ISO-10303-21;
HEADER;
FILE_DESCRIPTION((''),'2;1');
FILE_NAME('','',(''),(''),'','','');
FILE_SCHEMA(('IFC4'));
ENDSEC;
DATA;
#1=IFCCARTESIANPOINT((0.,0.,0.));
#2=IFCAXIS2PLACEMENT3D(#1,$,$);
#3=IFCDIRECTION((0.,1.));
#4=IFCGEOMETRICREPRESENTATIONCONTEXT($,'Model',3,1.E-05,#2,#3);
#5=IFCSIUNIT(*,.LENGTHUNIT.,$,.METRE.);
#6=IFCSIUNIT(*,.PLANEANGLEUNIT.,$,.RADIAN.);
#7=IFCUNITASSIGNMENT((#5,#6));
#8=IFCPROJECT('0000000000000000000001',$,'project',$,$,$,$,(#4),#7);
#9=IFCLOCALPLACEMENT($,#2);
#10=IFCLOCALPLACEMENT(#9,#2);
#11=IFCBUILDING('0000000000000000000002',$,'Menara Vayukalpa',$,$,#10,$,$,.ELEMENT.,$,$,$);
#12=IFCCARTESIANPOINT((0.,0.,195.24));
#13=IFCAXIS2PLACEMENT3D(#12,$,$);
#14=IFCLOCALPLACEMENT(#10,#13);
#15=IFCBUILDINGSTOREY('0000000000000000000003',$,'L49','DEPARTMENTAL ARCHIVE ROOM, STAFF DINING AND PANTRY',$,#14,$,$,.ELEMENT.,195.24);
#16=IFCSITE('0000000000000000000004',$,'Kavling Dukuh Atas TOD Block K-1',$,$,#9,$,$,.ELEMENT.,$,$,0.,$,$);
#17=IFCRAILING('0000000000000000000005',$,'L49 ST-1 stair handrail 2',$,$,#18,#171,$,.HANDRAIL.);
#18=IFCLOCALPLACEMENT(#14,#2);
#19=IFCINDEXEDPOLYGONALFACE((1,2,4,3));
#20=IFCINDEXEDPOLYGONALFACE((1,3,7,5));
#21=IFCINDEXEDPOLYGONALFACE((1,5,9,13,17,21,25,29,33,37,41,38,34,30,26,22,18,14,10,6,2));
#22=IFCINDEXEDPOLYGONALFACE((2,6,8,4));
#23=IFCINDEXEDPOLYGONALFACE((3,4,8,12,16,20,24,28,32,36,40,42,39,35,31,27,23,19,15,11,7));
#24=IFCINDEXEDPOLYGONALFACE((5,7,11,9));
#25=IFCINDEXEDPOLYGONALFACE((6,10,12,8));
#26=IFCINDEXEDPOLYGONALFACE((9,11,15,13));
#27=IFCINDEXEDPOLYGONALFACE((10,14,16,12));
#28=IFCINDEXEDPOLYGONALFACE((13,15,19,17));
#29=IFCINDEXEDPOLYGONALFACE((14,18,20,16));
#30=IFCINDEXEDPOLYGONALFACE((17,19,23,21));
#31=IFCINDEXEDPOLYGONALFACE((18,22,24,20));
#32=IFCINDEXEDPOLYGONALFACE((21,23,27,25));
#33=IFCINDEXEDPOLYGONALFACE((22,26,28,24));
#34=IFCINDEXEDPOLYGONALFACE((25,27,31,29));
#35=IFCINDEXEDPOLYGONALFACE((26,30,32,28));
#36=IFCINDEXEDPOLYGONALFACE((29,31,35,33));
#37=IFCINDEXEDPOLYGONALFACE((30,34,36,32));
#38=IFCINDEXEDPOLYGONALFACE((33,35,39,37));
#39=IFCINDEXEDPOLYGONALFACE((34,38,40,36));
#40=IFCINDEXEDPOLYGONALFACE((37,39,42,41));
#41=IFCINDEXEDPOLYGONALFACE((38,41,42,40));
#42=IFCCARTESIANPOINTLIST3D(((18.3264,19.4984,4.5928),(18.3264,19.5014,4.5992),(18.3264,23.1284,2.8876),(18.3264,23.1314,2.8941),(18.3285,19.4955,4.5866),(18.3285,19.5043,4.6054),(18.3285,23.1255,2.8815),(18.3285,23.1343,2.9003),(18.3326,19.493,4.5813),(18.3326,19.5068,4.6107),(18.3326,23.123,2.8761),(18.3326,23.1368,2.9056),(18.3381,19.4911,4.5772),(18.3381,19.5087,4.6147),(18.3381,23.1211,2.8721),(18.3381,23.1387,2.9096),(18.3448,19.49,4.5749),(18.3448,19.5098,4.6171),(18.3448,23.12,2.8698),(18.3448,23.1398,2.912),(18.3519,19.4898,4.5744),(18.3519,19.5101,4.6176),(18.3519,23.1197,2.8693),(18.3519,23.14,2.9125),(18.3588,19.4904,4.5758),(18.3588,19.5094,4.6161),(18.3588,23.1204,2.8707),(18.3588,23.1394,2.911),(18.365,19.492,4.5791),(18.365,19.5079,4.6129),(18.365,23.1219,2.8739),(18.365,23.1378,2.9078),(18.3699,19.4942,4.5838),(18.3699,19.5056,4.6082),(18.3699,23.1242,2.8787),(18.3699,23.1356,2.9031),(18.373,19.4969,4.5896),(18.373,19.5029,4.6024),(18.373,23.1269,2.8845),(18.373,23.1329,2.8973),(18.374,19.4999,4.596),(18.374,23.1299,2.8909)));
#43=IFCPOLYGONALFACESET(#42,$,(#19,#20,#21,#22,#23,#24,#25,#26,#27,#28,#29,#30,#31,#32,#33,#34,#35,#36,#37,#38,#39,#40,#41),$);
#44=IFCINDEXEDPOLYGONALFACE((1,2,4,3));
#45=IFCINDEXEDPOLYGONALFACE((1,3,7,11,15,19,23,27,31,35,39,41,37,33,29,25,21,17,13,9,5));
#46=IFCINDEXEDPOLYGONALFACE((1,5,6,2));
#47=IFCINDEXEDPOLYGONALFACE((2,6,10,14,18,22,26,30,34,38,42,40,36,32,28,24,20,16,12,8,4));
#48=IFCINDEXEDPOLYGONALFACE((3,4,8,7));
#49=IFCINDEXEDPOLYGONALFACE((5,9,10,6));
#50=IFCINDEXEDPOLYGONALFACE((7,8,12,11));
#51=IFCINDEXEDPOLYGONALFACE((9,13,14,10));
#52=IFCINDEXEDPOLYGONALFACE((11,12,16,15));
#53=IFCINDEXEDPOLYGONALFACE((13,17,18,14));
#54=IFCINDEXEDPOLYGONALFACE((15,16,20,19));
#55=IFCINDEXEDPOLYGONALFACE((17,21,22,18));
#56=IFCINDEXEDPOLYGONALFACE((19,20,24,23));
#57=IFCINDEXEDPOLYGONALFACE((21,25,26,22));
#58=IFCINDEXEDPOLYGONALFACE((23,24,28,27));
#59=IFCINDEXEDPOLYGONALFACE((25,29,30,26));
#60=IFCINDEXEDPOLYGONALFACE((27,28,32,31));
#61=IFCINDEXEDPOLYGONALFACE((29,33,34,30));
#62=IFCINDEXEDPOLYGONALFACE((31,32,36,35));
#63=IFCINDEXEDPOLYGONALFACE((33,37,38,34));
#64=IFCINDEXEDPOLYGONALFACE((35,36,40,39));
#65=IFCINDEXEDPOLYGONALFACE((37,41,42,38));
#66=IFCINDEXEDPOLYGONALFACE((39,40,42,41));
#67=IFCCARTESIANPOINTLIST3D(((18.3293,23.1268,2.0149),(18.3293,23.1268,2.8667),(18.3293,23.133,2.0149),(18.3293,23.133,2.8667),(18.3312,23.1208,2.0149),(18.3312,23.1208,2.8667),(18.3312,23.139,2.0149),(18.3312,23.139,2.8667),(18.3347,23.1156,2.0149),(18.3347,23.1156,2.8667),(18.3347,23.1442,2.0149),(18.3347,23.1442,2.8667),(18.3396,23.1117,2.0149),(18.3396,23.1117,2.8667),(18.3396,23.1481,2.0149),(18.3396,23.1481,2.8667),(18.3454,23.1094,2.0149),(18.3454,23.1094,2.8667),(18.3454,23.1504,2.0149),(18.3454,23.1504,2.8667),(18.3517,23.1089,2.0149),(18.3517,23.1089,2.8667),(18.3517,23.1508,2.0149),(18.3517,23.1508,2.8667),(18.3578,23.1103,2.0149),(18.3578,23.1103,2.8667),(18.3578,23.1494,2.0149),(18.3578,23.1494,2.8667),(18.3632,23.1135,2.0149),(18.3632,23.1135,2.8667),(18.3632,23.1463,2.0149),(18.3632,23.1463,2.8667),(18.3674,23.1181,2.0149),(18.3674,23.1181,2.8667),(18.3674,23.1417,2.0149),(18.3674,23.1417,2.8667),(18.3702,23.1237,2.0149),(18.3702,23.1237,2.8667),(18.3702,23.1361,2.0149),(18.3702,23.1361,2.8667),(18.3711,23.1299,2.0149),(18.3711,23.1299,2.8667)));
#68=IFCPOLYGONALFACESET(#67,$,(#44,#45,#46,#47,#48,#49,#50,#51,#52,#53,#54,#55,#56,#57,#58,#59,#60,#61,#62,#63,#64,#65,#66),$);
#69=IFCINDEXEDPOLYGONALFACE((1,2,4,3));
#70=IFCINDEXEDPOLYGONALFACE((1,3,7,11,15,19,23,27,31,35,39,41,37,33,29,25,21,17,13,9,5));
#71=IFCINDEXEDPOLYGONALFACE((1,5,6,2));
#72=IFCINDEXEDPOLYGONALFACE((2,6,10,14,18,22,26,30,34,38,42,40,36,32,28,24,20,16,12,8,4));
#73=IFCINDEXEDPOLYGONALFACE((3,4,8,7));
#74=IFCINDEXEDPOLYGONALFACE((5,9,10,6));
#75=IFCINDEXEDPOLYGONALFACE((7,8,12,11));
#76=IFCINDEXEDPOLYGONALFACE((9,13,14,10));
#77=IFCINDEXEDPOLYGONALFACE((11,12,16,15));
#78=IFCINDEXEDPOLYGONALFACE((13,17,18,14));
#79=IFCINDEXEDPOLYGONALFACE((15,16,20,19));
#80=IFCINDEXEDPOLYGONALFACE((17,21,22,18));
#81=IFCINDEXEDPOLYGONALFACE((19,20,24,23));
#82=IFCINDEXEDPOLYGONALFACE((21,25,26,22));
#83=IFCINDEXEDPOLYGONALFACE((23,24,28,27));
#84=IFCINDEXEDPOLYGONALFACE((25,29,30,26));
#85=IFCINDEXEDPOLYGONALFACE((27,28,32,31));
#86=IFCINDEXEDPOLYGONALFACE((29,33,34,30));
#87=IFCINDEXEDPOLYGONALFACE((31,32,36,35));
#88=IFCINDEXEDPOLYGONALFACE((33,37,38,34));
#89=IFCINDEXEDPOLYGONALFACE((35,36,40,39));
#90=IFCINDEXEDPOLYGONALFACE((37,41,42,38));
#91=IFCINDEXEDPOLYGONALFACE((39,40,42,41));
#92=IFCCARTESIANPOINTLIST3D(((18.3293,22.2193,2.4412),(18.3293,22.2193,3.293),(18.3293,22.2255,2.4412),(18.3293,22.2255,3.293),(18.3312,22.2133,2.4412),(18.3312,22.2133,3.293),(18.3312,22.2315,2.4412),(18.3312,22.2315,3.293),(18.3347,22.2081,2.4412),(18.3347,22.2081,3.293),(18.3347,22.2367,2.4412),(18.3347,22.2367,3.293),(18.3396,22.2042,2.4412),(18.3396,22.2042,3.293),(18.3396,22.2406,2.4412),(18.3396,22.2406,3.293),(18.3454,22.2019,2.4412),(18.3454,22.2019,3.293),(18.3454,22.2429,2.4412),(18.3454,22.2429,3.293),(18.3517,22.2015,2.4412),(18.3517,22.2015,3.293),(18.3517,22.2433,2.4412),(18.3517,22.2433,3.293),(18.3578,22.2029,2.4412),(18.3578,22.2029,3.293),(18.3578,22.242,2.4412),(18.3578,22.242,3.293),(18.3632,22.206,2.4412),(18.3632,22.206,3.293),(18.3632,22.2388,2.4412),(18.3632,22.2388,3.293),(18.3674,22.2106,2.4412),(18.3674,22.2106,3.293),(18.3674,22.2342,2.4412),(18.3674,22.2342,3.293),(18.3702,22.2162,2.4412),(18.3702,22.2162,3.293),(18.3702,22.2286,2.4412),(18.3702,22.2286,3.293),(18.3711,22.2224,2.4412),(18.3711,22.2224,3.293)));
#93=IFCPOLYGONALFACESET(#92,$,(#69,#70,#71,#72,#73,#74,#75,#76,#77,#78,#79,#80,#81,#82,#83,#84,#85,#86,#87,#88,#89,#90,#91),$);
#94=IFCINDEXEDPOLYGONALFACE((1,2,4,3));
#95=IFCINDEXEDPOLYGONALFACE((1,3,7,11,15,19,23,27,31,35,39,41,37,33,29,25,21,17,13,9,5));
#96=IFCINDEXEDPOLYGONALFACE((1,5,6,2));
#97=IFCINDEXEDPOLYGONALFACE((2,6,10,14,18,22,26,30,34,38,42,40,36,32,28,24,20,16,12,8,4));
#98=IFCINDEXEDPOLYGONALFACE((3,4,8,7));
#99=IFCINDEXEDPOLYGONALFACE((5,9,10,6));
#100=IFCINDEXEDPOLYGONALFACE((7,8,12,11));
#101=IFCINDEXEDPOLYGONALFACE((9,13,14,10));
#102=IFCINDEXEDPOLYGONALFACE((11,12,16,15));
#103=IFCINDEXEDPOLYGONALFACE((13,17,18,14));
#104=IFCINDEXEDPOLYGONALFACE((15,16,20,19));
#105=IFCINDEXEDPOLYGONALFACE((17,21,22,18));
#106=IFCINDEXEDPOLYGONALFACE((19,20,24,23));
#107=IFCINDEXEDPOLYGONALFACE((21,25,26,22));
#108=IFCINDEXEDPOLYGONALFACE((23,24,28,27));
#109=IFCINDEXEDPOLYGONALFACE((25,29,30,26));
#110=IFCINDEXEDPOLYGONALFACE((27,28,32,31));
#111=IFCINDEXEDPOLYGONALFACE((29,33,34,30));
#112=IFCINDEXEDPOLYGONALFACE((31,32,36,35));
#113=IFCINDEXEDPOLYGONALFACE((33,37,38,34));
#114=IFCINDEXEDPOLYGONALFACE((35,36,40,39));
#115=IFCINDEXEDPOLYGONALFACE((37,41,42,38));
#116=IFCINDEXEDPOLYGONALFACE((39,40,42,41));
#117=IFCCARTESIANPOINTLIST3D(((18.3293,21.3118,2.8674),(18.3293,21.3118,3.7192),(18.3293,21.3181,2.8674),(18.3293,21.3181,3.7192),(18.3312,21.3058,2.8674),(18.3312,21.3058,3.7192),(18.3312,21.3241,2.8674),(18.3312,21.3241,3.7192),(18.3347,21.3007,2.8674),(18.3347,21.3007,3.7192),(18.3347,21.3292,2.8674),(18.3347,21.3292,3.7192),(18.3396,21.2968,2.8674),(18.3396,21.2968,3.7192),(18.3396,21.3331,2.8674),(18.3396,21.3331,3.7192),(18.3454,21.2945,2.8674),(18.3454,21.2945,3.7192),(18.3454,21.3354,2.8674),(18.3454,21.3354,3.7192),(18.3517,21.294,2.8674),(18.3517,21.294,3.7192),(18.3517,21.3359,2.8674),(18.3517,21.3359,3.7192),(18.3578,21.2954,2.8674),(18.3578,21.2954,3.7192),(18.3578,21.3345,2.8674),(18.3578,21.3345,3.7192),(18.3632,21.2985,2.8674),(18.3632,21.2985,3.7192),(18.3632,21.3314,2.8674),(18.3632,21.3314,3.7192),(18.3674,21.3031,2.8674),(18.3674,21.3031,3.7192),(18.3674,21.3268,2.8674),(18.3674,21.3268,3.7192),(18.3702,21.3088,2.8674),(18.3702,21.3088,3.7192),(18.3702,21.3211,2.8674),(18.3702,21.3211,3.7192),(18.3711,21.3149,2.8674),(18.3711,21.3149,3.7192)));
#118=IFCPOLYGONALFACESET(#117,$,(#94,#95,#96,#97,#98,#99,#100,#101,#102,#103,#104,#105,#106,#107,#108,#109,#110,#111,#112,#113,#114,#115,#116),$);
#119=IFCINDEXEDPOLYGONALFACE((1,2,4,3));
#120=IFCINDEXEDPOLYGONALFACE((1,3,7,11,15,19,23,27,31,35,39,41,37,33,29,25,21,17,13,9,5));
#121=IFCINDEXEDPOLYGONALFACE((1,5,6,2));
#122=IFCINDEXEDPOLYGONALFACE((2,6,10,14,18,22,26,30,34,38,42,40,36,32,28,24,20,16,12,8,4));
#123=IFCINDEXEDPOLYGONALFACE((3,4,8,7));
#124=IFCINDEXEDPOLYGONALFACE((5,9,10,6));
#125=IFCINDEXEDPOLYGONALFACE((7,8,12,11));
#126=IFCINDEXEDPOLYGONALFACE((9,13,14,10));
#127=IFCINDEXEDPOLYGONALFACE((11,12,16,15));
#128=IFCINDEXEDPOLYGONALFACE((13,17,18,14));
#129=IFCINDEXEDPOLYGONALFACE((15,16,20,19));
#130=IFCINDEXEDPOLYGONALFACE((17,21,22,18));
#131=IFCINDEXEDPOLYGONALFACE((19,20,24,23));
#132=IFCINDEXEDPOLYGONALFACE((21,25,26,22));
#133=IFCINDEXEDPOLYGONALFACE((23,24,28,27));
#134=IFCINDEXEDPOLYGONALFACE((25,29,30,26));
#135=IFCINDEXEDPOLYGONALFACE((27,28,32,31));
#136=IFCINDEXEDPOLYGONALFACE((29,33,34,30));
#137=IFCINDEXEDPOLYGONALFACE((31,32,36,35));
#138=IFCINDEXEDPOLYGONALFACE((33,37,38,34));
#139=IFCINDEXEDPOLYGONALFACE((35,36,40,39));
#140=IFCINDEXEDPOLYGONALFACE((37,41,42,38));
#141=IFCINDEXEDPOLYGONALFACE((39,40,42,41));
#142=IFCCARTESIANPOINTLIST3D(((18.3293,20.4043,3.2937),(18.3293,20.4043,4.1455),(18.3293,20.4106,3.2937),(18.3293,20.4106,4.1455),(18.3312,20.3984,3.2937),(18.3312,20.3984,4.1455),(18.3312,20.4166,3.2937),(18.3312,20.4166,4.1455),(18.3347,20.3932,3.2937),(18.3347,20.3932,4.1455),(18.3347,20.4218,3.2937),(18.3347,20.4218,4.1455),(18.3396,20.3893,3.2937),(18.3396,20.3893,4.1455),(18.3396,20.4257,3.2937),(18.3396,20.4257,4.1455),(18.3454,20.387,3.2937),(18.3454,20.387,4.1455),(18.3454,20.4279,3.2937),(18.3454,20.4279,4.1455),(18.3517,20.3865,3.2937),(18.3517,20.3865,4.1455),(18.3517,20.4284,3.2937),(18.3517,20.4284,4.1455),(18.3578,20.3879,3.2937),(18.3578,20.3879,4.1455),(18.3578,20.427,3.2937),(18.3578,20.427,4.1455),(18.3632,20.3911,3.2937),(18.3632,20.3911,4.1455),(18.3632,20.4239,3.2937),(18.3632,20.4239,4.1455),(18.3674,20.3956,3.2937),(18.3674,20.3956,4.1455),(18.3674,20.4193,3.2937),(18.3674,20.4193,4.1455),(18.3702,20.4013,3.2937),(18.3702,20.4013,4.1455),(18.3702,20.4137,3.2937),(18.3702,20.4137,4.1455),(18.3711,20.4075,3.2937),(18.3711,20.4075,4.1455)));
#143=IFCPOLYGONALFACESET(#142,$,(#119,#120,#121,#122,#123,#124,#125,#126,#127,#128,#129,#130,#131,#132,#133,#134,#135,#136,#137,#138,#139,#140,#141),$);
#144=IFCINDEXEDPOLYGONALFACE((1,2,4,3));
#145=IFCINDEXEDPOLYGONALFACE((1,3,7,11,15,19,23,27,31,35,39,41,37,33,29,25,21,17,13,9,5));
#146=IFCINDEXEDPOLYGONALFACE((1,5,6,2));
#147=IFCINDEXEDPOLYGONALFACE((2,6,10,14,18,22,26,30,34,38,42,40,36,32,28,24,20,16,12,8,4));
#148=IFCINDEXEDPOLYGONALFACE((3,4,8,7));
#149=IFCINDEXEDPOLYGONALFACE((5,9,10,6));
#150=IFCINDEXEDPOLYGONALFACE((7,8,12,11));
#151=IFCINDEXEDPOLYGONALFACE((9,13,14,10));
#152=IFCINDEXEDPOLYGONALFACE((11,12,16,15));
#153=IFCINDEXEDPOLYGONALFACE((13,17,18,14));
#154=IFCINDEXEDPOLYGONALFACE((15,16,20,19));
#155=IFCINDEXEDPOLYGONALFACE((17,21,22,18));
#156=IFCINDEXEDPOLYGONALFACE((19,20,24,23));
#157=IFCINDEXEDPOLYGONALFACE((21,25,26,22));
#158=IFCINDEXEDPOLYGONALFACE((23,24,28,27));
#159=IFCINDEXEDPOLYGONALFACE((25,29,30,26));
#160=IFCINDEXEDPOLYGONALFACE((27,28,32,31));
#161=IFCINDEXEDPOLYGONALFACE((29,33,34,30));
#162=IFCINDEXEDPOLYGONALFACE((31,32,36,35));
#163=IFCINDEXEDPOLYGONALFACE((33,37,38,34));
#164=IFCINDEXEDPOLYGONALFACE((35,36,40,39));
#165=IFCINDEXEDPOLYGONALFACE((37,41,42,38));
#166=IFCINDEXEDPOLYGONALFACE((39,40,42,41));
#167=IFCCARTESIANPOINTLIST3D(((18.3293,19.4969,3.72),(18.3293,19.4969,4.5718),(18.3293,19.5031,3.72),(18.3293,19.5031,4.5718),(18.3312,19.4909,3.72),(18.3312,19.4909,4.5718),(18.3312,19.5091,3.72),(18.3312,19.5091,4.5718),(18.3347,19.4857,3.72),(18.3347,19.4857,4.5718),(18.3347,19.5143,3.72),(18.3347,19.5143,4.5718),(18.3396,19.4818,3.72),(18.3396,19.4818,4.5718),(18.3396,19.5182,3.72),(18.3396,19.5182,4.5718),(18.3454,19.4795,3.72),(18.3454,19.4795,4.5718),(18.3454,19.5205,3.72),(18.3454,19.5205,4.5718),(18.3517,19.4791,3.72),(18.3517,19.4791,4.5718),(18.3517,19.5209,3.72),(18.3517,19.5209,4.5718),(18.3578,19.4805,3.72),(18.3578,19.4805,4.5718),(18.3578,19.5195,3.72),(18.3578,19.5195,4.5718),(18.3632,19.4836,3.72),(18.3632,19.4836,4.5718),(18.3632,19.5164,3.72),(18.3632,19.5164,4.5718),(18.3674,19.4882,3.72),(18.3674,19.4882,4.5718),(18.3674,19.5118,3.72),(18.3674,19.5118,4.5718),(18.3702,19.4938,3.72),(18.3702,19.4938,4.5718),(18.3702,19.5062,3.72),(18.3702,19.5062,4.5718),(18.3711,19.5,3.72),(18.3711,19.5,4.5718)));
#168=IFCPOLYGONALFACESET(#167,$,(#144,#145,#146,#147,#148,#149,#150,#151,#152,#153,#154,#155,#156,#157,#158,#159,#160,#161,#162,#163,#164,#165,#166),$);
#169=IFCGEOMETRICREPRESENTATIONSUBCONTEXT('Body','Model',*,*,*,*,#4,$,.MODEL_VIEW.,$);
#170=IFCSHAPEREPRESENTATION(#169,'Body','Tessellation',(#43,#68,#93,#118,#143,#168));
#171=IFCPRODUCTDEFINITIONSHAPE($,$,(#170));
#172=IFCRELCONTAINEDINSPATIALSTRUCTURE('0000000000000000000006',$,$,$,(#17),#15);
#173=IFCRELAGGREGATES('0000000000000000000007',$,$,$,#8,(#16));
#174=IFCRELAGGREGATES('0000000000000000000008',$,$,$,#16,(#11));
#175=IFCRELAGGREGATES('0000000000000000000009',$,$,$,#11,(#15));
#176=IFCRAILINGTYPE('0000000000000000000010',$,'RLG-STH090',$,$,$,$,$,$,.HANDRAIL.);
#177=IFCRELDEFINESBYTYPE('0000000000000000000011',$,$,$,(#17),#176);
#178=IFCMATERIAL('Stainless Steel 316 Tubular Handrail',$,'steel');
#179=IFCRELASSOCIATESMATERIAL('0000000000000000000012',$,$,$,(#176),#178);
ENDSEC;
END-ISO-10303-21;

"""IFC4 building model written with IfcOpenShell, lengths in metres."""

from ifc_helpers import new_model, si_unit, direction, frame, origin, origin_2d, place, context, subcontext, project, spatial, circle, extrude, material, type_object, element, save


model = new_model("IFC4")

# Units and contexts
model_context = context("Model", 3, precision=1e-05, world=origin(), true_north=direction((0.0, 1.0)))
body_context = subcontext(model_context, "Body", "Model", "MODEL_VIEW")
ifc_project = project(units=[si_unit("LENGTHUNIT", "METRE"), si_unit("PLANEANGLEUNIT", "RADIAN")], contexts=[model_context])

# Site, building, storey
site_placement = place(None, origin())
site = spatial("IfcSite", under=ifc_project, at=site_placement, Name="Kavling Dukuh Atas TOD Block K-1", CompositionType="ELEMENT", RefElevation=0.0)
building_placement = place(site_placement, origin())
building = spatial("IfcBuilding", under=site, at=building_placement, Name="Menara Vayukalpa", CompositionType="ELEMENT")
storey_placement = place(building_placement, frame((0.0, 0.0, 195.24)))
storey = spatial("IfcBuildingStorey", under=building, at=storey_placement, Name="L49", Description="DEPARTMENTAL ARCHIVE ROOM, STAFF DINING AND PANTRY", CompositionType="ELEMENT", Elevation=195.24)

# Railing
ifc_material_1 = material(Name="Stainless Steel 316 Tubular Handrail", Category="steel")
railing_type_1 = type_object("IfcRailingType", Name="RLG-STH090", PredefinedType="HANDRAIL", material=ifc_material_1)
railing_1_placement = place(storey_placement, frame((18.3501, 23.1299, 2.0149)))
element("IfcRailing", 1, at=railing_1_placement, inside=storey, type_object=railing_type_1, Name="L49 ST-1 stair handrail 2", PredefinedType="HANDRAIL", context=body_context, shape_type="SweptSolid", body=[
    extrude(circle(Radius=0.0239, at=origin_2d()), frame((0.0, 0.0, 0.876), z_axis=(0.0, -0.905116, 0.425164), x_axis=(1.0, 0.0, 0.0)), (0.0, 0.0, 1.0), 4.0105),
    extrude(circle(Radius=0.021, at=origin_2d()), origin(), (0.0, 0.0, 1.0), 0.8518),
    extrude(circle(Radius=0.021, at=origin_2d()), frame((0.0, -0.9075, 0.4263)), (0.0, 0.0, 1.0), 0.8518),
    extrude(circle(Radius=0.021, at=origin_2d()), frame((0.0, -1.8149, 0.8525)), (0.0, 0.0, 1.0), 0.8518),
    extrude(circle(Radius=0.021, at=origin_2d()), frame((0.0, -2.7224, 1.2788)), (0.0, 0.0, 1.0), 0.8518),
    extrude(circle(Radius=0.021, at=origin_2d()), frame((0.0, -3.6299, 1.7051)), (0.0, 0.0, 1.0), 0.8518),
])

save(model, "model.ifc")
